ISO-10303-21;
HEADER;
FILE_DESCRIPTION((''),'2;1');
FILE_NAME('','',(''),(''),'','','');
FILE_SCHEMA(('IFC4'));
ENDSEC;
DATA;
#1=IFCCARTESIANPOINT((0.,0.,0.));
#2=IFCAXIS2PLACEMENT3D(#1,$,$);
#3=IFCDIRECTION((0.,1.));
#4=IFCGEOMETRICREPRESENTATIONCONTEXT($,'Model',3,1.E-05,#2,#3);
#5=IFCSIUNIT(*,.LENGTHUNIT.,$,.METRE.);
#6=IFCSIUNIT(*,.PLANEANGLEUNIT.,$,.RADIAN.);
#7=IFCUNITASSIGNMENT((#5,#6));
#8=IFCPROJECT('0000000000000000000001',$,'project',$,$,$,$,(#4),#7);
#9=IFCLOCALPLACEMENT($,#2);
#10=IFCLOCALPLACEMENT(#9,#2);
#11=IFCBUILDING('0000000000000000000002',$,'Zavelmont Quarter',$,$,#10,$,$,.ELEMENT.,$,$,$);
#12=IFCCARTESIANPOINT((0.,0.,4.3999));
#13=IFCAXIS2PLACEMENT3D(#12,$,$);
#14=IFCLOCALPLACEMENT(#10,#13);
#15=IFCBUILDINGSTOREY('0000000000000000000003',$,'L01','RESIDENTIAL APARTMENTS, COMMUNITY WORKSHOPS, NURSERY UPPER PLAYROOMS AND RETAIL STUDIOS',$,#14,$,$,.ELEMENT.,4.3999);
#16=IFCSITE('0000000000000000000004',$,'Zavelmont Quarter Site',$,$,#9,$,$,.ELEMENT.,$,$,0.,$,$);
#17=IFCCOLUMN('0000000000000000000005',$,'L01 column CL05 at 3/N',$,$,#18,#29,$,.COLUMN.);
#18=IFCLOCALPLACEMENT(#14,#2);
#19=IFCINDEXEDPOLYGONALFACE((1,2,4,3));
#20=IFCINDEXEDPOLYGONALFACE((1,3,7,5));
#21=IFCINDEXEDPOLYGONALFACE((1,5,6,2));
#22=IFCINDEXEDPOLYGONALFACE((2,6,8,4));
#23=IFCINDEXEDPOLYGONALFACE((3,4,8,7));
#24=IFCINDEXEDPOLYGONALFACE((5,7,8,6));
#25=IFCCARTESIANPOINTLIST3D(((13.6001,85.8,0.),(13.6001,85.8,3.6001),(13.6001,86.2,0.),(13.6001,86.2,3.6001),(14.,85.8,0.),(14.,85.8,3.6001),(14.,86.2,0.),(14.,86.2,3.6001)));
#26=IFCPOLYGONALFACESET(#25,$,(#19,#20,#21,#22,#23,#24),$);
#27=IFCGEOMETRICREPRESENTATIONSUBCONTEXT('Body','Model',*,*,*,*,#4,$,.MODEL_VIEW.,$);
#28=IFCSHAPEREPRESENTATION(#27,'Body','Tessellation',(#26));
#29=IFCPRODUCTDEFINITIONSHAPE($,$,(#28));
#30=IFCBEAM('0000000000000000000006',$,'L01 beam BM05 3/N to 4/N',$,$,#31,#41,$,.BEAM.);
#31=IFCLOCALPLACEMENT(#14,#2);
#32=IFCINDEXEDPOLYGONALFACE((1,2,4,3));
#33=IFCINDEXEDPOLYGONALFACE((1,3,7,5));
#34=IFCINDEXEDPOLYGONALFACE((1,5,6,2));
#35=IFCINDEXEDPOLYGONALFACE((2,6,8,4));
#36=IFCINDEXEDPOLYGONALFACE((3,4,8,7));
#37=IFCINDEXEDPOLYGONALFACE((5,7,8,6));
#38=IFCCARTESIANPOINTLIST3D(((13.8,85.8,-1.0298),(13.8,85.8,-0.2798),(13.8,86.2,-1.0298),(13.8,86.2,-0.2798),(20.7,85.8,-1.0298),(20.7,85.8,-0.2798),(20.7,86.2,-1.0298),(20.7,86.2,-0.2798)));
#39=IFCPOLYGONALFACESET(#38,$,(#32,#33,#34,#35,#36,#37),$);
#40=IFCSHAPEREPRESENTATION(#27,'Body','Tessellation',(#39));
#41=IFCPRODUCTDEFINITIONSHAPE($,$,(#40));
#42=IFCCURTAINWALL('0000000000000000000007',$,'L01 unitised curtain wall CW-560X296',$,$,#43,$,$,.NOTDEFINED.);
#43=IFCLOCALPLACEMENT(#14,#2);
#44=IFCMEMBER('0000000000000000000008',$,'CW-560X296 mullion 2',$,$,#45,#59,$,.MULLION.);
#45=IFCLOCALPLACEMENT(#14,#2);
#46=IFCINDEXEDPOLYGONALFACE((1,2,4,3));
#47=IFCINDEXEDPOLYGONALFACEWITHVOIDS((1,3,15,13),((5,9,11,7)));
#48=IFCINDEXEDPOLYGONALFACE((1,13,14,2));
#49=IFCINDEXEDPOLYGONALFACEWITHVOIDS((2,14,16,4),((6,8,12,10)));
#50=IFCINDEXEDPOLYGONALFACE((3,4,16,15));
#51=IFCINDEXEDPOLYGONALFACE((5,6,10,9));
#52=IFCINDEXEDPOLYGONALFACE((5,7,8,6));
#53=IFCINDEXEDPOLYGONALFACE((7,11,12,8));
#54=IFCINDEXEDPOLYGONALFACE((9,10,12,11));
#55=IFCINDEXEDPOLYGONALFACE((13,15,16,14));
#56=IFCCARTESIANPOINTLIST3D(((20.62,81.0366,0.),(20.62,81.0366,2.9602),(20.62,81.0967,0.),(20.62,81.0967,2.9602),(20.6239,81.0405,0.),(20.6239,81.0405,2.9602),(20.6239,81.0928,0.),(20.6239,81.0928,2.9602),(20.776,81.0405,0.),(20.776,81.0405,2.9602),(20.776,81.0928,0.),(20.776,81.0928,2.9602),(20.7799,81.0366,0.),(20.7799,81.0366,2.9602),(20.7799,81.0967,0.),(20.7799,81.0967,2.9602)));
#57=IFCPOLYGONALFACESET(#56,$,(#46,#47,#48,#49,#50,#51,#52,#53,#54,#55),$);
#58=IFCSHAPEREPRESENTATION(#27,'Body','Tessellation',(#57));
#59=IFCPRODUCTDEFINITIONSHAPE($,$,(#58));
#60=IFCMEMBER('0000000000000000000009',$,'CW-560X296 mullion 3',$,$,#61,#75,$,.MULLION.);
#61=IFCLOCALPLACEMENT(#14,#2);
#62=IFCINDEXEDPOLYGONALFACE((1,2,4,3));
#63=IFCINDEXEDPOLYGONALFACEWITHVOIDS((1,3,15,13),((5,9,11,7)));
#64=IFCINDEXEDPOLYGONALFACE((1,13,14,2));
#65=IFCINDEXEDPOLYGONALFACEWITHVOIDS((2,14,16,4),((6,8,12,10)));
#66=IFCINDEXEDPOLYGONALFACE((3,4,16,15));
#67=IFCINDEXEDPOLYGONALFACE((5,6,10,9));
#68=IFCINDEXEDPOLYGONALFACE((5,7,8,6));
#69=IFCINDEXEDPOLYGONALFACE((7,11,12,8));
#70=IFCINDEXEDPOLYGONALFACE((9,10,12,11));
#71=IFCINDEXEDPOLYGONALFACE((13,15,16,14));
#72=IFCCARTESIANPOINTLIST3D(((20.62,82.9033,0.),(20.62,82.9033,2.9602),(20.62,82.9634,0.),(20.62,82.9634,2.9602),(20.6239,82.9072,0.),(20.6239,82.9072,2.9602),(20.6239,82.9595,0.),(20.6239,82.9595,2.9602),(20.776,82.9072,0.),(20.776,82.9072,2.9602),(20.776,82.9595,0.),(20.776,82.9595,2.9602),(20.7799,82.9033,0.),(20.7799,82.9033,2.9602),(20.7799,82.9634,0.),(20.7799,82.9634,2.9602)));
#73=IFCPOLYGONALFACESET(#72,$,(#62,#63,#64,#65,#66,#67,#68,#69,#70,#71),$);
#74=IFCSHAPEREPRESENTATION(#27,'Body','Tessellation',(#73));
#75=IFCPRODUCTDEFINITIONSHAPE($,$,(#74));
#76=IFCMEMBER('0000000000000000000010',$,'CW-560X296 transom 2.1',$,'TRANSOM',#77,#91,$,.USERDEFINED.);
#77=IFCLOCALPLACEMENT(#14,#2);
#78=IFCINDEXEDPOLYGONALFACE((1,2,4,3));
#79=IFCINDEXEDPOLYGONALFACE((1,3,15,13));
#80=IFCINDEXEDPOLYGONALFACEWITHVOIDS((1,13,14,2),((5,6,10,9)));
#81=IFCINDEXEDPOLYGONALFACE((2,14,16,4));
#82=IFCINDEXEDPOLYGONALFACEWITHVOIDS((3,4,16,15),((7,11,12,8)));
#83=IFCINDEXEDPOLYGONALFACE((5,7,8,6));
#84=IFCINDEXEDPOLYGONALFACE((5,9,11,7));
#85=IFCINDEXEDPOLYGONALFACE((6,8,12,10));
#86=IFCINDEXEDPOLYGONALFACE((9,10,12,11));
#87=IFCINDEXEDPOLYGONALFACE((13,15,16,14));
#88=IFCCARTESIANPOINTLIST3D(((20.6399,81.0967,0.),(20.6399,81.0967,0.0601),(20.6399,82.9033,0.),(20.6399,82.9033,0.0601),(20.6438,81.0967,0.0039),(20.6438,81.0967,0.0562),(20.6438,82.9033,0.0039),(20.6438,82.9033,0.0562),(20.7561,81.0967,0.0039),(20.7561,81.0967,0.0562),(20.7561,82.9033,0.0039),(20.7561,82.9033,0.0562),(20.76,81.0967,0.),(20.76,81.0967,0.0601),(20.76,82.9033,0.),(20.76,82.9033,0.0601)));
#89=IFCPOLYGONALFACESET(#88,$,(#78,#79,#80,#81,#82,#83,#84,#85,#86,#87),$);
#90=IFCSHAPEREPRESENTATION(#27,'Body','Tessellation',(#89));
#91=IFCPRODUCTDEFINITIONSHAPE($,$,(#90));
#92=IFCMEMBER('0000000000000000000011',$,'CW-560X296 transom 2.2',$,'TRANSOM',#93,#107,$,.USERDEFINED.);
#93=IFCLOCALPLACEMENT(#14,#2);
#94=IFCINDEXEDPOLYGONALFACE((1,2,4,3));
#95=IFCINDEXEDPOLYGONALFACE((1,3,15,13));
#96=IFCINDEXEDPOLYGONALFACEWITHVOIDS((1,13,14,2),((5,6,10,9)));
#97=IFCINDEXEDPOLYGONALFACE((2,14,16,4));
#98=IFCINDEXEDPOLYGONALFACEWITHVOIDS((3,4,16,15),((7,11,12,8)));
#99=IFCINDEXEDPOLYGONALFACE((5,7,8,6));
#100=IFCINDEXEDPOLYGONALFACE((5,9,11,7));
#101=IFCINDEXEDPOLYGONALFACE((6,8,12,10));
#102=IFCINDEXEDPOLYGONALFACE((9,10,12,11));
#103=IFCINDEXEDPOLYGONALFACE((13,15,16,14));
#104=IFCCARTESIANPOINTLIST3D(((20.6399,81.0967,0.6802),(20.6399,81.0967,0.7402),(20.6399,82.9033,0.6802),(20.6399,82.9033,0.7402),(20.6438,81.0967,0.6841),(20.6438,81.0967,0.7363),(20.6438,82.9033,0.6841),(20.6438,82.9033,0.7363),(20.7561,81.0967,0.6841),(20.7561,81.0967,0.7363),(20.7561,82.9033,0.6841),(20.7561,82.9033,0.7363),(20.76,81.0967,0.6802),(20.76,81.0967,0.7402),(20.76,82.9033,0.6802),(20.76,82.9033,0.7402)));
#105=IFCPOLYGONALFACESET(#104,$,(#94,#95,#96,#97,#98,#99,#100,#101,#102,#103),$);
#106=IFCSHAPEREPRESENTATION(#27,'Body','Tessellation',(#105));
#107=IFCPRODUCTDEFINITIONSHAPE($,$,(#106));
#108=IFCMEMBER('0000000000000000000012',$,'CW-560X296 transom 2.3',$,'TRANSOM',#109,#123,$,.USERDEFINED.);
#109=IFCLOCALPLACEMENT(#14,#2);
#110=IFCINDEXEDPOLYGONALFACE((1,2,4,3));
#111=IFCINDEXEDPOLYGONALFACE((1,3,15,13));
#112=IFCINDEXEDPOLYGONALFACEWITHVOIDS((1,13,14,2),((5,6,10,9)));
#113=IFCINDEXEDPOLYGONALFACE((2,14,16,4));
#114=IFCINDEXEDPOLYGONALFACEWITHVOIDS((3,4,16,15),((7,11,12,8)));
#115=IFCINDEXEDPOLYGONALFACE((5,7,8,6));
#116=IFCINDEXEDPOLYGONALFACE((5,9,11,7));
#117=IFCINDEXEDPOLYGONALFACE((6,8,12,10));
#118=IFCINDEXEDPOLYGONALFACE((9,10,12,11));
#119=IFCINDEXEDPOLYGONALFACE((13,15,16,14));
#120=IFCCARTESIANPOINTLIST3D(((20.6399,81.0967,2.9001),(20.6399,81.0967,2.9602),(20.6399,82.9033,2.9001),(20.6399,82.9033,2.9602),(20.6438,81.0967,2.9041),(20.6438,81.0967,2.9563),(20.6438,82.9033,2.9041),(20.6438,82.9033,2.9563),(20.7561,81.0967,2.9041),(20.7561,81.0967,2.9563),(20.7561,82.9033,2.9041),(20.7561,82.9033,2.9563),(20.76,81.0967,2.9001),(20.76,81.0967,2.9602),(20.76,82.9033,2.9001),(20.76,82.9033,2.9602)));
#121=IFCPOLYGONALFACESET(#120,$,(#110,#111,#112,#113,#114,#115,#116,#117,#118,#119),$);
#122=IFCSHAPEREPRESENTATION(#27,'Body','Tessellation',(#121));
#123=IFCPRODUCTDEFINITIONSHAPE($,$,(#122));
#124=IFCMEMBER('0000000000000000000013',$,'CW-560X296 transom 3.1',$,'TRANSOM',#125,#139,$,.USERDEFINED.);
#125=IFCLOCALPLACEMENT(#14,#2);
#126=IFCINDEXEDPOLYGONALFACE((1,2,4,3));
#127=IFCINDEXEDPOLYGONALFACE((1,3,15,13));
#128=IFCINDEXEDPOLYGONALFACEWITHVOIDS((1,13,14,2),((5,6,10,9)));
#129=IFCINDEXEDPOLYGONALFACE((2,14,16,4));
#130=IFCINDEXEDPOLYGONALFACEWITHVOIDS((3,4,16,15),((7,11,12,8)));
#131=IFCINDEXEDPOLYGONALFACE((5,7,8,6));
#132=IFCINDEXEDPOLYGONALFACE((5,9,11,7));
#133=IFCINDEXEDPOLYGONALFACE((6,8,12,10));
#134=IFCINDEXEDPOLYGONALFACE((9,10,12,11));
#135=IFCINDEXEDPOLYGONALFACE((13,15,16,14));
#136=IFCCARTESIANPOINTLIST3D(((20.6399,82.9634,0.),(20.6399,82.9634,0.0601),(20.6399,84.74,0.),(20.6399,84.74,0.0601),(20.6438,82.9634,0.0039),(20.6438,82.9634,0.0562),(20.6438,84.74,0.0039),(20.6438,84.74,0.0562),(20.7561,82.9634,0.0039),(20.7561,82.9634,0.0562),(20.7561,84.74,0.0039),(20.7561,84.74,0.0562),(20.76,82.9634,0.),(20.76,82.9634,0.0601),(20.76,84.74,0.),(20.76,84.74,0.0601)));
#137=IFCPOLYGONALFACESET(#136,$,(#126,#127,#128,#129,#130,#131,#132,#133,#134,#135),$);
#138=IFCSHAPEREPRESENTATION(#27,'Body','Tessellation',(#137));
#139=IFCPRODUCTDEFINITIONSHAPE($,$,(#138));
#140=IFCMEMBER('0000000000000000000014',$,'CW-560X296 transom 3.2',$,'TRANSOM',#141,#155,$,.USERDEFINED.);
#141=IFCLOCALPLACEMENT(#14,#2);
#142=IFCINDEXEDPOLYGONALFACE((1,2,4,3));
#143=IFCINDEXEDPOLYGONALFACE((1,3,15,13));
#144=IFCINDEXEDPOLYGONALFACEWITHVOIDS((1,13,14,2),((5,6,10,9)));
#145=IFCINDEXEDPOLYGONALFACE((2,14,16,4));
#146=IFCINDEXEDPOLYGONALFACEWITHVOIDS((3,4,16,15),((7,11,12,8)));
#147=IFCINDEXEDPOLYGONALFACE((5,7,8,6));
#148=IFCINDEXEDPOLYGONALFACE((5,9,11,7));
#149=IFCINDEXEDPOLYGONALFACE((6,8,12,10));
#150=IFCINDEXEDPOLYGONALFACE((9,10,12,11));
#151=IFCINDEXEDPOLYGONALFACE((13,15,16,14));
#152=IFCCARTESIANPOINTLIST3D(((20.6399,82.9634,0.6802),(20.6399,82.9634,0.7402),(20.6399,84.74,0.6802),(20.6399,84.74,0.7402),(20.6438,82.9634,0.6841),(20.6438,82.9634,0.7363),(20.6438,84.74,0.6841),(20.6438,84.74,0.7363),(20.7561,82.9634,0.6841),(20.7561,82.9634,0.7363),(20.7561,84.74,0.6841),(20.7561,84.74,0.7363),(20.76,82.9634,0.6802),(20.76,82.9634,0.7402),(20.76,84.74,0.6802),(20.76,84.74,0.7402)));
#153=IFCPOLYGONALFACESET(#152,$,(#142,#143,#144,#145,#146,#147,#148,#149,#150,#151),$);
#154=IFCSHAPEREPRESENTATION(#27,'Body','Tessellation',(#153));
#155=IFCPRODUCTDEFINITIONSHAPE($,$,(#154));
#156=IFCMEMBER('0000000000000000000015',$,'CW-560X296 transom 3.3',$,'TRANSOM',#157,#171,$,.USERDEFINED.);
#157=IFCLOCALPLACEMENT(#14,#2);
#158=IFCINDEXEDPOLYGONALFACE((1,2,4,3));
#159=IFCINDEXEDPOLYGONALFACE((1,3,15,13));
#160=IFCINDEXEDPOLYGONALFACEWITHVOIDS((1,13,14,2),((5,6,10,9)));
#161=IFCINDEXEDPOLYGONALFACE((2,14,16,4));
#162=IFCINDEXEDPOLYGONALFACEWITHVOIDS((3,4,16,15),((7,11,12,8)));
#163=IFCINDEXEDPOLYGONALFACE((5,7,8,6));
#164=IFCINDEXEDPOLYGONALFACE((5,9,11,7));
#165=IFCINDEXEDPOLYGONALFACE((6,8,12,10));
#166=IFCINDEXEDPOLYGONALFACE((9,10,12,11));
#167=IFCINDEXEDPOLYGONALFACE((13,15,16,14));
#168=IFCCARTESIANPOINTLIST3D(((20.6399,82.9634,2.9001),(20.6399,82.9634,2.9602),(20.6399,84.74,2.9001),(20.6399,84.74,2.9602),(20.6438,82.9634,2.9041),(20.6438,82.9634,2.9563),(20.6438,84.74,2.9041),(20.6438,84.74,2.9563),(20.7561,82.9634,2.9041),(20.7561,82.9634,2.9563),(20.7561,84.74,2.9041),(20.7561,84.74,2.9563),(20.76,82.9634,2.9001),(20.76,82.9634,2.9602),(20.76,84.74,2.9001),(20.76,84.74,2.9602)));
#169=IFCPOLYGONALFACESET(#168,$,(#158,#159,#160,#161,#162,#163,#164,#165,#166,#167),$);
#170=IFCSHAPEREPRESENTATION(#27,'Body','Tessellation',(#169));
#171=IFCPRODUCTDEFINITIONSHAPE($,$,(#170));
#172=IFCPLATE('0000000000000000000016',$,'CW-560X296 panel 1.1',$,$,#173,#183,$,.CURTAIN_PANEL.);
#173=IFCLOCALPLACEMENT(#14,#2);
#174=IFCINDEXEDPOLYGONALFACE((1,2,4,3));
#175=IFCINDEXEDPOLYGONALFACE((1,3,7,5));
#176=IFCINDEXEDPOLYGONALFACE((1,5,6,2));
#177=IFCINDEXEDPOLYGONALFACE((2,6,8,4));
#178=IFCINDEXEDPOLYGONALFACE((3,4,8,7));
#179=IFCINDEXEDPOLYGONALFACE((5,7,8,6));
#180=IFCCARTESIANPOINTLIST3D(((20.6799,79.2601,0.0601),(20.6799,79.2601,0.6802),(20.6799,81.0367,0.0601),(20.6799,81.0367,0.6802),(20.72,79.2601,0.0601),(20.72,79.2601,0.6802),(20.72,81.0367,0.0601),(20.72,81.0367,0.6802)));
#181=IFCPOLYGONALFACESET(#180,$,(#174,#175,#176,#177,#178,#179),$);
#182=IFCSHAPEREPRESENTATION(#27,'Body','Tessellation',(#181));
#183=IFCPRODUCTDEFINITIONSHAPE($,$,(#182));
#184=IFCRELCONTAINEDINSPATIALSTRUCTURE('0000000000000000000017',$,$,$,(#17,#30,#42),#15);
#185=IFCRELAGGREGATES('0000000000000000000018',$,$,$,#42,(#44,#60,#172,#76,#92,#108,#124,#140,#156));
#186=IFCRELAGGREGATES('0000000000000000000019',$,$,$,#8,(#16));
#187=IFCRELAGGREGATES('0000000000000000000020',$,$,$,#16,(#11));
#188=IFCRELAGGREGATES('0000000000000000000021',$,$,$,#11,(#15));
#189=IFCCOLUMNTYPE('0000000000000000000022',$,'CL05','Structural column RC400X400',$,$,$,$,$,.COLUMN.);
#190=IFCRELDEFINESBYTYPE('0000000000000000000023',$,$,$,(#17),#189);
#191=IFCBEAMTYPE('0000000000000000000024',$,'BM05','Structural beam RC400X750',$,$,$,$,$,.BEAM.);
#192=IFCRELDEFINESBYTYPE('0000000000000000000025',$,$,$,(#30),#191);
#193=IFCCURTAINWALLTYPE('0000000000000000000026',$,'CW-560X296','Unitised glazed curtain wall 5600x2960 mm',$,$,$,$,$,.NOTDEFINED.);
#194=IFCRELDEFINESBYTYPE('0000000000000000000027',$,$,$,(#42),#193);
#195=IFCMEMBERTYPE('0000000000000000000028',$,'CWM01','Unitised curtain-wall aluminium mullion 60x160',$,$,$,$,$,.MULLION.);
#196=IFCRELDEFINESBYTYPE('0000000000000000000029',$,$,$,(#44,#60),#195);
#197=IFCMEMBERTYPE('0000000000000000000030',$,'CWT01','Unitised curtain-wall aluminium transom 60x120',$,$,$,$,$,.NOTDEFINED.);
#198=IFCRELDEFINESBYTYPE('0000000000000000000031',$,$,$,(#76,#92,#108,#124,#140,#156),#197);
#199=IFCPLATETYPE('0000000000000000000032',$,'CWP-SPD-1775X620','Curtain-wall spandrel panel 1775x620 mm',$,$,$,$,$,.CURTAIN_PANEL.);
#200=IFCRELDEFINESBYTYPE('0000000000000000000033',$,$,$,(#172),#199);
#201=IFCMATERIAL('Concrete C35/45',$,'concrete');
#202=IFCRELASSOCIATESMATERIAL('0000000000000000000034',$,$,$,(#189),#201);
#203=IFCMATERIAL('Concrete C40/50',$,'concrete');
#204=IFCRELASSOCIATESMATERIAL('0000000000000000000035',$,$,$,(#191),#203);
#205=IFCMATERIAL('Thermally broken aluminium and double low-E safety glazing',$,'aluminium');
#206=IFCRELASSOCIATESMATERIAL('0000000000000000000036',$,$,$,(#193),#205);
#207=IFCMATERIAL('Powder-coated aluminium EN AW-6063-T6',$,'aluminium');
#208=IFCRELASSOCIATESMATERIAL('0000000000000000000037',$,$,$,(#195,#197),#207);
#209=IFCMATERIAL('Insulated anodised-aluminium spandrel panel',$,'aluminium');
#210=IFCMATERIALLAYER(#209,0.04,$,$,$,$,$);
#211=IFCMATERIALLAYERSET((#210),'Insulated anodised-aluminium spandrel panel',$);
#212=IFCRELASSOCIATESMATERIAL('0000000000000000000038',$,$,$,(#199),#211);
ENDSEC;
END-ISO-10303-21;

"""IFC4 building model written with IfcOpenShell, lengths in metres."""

from ifc_helpers import new_model, si_unit, direction, frame, origin, origin_2d, place, context, subcontext, project, spatial, rectangle, hollow_rectangle, extrude, material, layer, layer_set, material_profile, profile_set, type_object, element, aggregate, save


model = new_model("IFC4")

# Units and contexts
model_context = context("Model", 3, precision=1e-05, world=origin(), true_north=direction((0.0, 1.0)))
body_context = subcontext(model_context, "Body", "Model", "MODEL_VIEW")
ifc_project = project(units=[si_unit("LENGTHUNIT", "METRE"), si_unit("PLANEANGLEUNIT", "RADIAN")], contexts=[model_context])

# Site, building, storey
site_placement = place(None, origin())
site = spatial("IfcSite", under=ifc_project, at=site_placement, Name="Zavelmont Quarter Site", CompositionType="ELEMENT", RefElevation=0.0)
building_placement = place(site_placement, origin())
building = spatial("IfcBuilding", under=site, at=building_placement, Name="Zavelmont Quarter", CompositionType="ELEMENT")
storey_placement = place(building_placement, frame((0.0, 0.0, 4.3999)))
storey = spatial("IfcBuildingStorey", under=building, at=storey_placement, Name="L01", Description="RESIDENTIAL APARTMENTS, COMMUNITY WORKSHOPS, NURSERY UPPER PLAYROOMS AND RETAIL STUDIOS", CompositionType="ELEMENT", Elevation=4.3999)

# Column
ifc_material_1 = material(Name="Concrete C35/45", Category="concrete")
ifc_material_profile_1 = material_profile(ifc_material_1, rectangle(XDim=0.3999, YDim=0.3999, at=origin_2d()), Name="RC400X400")
ifc_profile_set_1 = profile_set([ifc_material_profile_1], Name="Concrete C35/45")
column_type = type_object("IfcColumnType", Name="CL05", Description="Structural column RC400X400", PredefinedType="COLUMN", material=ifc_profile_set_1)
column_placement = place(storey_placement, frame((13.8, 86.0, 0.0), z_axis=(0.0, 0.0, 1.0), x_axis=(1.0, 0.0, 0.0)))
element("IfcColumn", 1, at=column_placement, inside=storey, type_object=column_type, Name="L01 column CL05 at 3/N", PredefinedType="COLUMN", context=body_context, shape_type="SweptSolid", body=[
    extrude(rectangle(XDim=0.3999, YDim=0.3999, at=origin_2d()), origin(), (0.0, 0.0, 1.0), 3.6001),
])

# Beam
ifc_material_2 = material(Name="Concrete C40/50", Category="concrete")
ifc_material_profile_2 = material_profile(ifc_material_2, rectangle(XDim=0.3999, YDim=0.75, at=origin_2d()), Name="RC400X750")
ifc_profile_set_2 = profile_set([ifc_material_profile_2], Name="Concrete C40/50")
beam_type = type_object("IfcBeamType", Name="BM05", Description="Structural beam RC400X750", PredefinedType="BEAM", material=ifc_profile_set_2)
beam_placement = place(storey_placement, frame((13.8, 86.0, -0.6548), z_axis=(1.0, 0.0, 0.0), x_axis=(0.0, 1.0, 0.0)))
element("IfcBeam", 2, at=beam_placement, inside=storey, type_object=beam_type, Name="L01 beam BM05 3/N to 4/N", PredefinedType="BEAM", context=body_context, shape_type="SweptSolid", body=[
    extrude(rectangle(XDim=0.3999, YDim=0.75, at=origin_2d()), origin(), (0.0, 0.0, 1.0), 6.8999),
])

# Curtain wall, members, plate
ifc_material_3 = material(Name="Thermally broken aluminium and double low-E safety glazing", Category="aluminium")
curtain_wall_type = type_object("IfcCurtainWallType", Name="CW-560X296", Description="Unitised glazed curtain wall 5600x2960 mm", PredefinedType="NOTDEFINED", material=ifc_material_3)
curtain_wall_placement = place(storey_placement, origin())
curtain_wall = element("IfcCurtainWall", 3, at=curtain_wall_placement, inside=storey, type_object=curtain_wall_type, Name="L01 unitised curtain wall CW-560X296", PredefinedType="NOTDEFINED")
ifc_material_4 = material(Name="Powder-coated aluminium EN AW-6063-T6", Category="aluminium")
ifc_material_profile_3 = material_profile(ifc_material_4, hollow_rectangle(XDim=0.0601, YDim=0.1599, WallThickness=0.0039, at=origin_2d()), Name="CWM60X160")
ifc_profile_set_3 = profile_set([ifc_material_profile_3], Name="Powder-coated aluminium EN AW-6063-T6")
member_type_1 = type_object("IfcMemberType", Name="CWM01", Description="Unitised curtain-wall aluminium mullion 60x160", PredefinedType="MULLION", material=ifc_profile_set_3)
member_1_placement = place(storey_placement, frame((20.7, 81.0667, 0.0), z_axis=(0.0, 0.0, 1.0), x_axis=(0.0, 1.0, 0.0)))
member_1 = element("IfcMember", 4, at=member_1_placement, type_object=member_type_1, Name="CW-560X296 mullion 2", PredefinedType="MULLION", context=body_context, shape_type="SweptSolid", body=[
    extrude(hollow_rectangle(XDim=0.0601, YDim=0.1599, WallThickness=0.0039, at=origin_2d()), origin(), (0.0, 0.0, 1.0), 2.9602),
])
member_2_placement = place(storey_placement, frame((20.7, 82.9333, 0.0), z_axis=(0.0, 0.0, 1.0), x_axis=(0.0, 1.0, 0.0)))
member_2 = element("IfcMember", 5, at=member_2_placement, type_object=member_type_1, Name="CW-560X296 mullion 3", PredefinedType="MULLION", context=body_context, shape_type="SweptSolid", body=[
    extrude(hollow_rectangle(XDim=0.0601, YDim=0.1599, WallThickness=0.0039, at=origin_2d()), origin(), (0.0, 0.0, 1.0), 2.9602),
])
ifc_material_profile_4 = material_profile(ifc_material_4, hollow_rectangle(XDim=0.1201, YDim=0.0601, WallThickness=0.0039, at=origin_2d()), Name="CWT60X120")
ifc_profile_set_4 = profile_set([ifc_material_profile_4], Name="Powder-coated aluminium EN AW-6063-T6")
member_type_2 = type_object("IfcMemberType", Name="CWT01", Description="Unitised curtain-wall aluminium transom 60x120", PredefinedType="NOTDEFINED", material=ifc_profile_set_4)
member_3_placement = place(storey_placement, frame((20.7, 81.0967, 0.03), z_axis=(0.0, 1.0, 0.0), x_axis=(-1.0, 0.0, 0.0)))
member_3 = element("IfcMember", 6, at=member_3_placement, type_object=member_type_2, Name="CW-560X296 transom 2.1", ObjectType="TRANSOM", PredefinedType="USERDEFINED", context=body_context, shape_type="SweptSolid", body=[
    extrude(hollow_rectangle(XDim=0.1201, YDim=0.0601, WallThickness=0.0039, at=origin_2d()), origin(), (0.0, 0.0, 1.0), 1.8066),
])
member_4_placement = place(storey_placement, frame((20.7, 81.0967, 0.7102), z_axis=(0.0, 1.0, 0.0), x_axis=(-1.0, 0.0, 0.0)))
member_4 = element("IfcMember", 7, at=member_4_placement, type_object=member_type_2, Name="CW-560X296 transom 2.2", ObjectType="TRANSOM", PredefinedType="USERDEFINED", context=body_context, shape_type="SweptSolid", body=[
    extrude(hollow_rectangle(XDim=0.1201, YDim=0.0601, WallThickness=0.0039, at=origin_2d()), origin(), (0.0, 0.0, 1.0), 1.8066),
])
member_5_placement = place(storey_placement, frame((20.7, 81.0967, 2.9302), z_axis=(0.0, 1.0, 0.0), x_axis=(-1.0, 0.0, 0.0)))
member_5 = element("IfcMember", 8, at=member_5_placement, type_object=member_type_2, Name="CW-560X296 transom 2.3", ObjectType="TRANSOM", PredefinedType="USERDEFINED", context=body_context, shape_type="SweptSolid", body=[
    extrude(hollow_rectangle(XDim=0.1201, YDim=0.0601, WallThickness=0.0039, at=origin_2d()), origin(), (0.0, 0.0, 1.0), 1.8066),
])
member_6_placement = place(storey_placement, frame((20.7, 82.9634, 0.03), z_axis=(0.0, 1.0, 0.0), x_axis=(-1.0, 0.0, 0.0)))
member_6 = element("IfcMember", 9, at=member_6_placement, type_object=member_type_2, Name="CW-560X296 transom 3.1", ObjectType="TRANSOM", PredefinedType="USERDEFINED", context=body_context, shape_type="SweptSolid", body=[
    extrude(hollow_rectangle(XDim=0.1201, YDim=0.0601, WallThickness=0.0039, at=origin_2d()), origin(), (0.0, 0.0, 1.0), 1.7766),
])
member_7_placement = place(storey_placement, frame((20.7, 82.9634, 0.7102), z_axis=(0.0, 1.0, 0.0), x_axis=(-1.0, 0.0, 0.0)))
member_7 = element("IfcMember", 10, at=member_7_placement, type_object=member_type_2, Name="CW-560X296 transom 3.2", ObjectType="TRANSOM", PredefinedType="USERDEFINED", context=body_context, shape_type="SweptSolid", body=[
    extrude(hollow_rectangle(XDim=0.1201, YDim=0.0601, WallThickness=0.0039, at=origin_2d()), origin(), (0.0, 0.0, 1.0), 1.7766),
])
member_8_placement = place(storey_placement, frame((20.7, 82.9634, 2.9302), z_axis=(0.0, 1.0, 0.0), x_axis=(-1.0, 0.0, 0.0)))
member_8 = element("IfcMember", 11, at=member_8_placement, type_object=member_type_2, Name="CW-560X296 transom 3.3", ObjectType="TRANSOM", PredefinedType="USERDEFINED", context=body_context, shape_type="SweptSolid", body=[
    extrude(hollow_rectangle(XDim=0.1201, YDim=0.0601, WallThickness=0.0039, at=origin_2d()), origin(), (0.0, 0.0, 1.0), 1.7766),
])
ifc_material_5 = material(Name="Insulated anodised-aluminium spandrel panel", Category="aluminium")
ifc_layer_1 = layer(ifc_material_5, 0.04)
ifc_layer_set_1 = layer_set([ifc_layer_1], Name="Insulated anodised-aluminium spandrel panel")
plate_type_1 = type_object("IfcPlateType", Name="CWP-SPD-1775X620", Description="Curtain-wall spandrel panel 1775x620 mm", PredefinedType="CURTAIN_PANEL", material=ifc_layer_set_1)
plate_1_placement = place(storey_placement, frame((20.7, 80.1484, 0.0601), z_axis=(0.0, 0.0, 1.0), x_axis=(0.0, 1.0, 0.0)))
plate_1 = element("IfcPlate", 12, at=plate_1_placement, type_object=plate_type_1, Name="CW-560X296 panel 1.1", PredefinedType="CURTAIN_PANEL", context=body_context, shape_type="SweptSolid", body=[
    extrude(rectangle(XDim=1.7766, YDim=0.04, at=origin_2d()), origin(), (0.0, 0.0, 1.0), 0.6201),
])
aggregate(curtain_wall, [member_1, member_2, plate_1, member_3, member_4, member_5, member_6, member_7, member_8])

save(model, "model.ifc")
